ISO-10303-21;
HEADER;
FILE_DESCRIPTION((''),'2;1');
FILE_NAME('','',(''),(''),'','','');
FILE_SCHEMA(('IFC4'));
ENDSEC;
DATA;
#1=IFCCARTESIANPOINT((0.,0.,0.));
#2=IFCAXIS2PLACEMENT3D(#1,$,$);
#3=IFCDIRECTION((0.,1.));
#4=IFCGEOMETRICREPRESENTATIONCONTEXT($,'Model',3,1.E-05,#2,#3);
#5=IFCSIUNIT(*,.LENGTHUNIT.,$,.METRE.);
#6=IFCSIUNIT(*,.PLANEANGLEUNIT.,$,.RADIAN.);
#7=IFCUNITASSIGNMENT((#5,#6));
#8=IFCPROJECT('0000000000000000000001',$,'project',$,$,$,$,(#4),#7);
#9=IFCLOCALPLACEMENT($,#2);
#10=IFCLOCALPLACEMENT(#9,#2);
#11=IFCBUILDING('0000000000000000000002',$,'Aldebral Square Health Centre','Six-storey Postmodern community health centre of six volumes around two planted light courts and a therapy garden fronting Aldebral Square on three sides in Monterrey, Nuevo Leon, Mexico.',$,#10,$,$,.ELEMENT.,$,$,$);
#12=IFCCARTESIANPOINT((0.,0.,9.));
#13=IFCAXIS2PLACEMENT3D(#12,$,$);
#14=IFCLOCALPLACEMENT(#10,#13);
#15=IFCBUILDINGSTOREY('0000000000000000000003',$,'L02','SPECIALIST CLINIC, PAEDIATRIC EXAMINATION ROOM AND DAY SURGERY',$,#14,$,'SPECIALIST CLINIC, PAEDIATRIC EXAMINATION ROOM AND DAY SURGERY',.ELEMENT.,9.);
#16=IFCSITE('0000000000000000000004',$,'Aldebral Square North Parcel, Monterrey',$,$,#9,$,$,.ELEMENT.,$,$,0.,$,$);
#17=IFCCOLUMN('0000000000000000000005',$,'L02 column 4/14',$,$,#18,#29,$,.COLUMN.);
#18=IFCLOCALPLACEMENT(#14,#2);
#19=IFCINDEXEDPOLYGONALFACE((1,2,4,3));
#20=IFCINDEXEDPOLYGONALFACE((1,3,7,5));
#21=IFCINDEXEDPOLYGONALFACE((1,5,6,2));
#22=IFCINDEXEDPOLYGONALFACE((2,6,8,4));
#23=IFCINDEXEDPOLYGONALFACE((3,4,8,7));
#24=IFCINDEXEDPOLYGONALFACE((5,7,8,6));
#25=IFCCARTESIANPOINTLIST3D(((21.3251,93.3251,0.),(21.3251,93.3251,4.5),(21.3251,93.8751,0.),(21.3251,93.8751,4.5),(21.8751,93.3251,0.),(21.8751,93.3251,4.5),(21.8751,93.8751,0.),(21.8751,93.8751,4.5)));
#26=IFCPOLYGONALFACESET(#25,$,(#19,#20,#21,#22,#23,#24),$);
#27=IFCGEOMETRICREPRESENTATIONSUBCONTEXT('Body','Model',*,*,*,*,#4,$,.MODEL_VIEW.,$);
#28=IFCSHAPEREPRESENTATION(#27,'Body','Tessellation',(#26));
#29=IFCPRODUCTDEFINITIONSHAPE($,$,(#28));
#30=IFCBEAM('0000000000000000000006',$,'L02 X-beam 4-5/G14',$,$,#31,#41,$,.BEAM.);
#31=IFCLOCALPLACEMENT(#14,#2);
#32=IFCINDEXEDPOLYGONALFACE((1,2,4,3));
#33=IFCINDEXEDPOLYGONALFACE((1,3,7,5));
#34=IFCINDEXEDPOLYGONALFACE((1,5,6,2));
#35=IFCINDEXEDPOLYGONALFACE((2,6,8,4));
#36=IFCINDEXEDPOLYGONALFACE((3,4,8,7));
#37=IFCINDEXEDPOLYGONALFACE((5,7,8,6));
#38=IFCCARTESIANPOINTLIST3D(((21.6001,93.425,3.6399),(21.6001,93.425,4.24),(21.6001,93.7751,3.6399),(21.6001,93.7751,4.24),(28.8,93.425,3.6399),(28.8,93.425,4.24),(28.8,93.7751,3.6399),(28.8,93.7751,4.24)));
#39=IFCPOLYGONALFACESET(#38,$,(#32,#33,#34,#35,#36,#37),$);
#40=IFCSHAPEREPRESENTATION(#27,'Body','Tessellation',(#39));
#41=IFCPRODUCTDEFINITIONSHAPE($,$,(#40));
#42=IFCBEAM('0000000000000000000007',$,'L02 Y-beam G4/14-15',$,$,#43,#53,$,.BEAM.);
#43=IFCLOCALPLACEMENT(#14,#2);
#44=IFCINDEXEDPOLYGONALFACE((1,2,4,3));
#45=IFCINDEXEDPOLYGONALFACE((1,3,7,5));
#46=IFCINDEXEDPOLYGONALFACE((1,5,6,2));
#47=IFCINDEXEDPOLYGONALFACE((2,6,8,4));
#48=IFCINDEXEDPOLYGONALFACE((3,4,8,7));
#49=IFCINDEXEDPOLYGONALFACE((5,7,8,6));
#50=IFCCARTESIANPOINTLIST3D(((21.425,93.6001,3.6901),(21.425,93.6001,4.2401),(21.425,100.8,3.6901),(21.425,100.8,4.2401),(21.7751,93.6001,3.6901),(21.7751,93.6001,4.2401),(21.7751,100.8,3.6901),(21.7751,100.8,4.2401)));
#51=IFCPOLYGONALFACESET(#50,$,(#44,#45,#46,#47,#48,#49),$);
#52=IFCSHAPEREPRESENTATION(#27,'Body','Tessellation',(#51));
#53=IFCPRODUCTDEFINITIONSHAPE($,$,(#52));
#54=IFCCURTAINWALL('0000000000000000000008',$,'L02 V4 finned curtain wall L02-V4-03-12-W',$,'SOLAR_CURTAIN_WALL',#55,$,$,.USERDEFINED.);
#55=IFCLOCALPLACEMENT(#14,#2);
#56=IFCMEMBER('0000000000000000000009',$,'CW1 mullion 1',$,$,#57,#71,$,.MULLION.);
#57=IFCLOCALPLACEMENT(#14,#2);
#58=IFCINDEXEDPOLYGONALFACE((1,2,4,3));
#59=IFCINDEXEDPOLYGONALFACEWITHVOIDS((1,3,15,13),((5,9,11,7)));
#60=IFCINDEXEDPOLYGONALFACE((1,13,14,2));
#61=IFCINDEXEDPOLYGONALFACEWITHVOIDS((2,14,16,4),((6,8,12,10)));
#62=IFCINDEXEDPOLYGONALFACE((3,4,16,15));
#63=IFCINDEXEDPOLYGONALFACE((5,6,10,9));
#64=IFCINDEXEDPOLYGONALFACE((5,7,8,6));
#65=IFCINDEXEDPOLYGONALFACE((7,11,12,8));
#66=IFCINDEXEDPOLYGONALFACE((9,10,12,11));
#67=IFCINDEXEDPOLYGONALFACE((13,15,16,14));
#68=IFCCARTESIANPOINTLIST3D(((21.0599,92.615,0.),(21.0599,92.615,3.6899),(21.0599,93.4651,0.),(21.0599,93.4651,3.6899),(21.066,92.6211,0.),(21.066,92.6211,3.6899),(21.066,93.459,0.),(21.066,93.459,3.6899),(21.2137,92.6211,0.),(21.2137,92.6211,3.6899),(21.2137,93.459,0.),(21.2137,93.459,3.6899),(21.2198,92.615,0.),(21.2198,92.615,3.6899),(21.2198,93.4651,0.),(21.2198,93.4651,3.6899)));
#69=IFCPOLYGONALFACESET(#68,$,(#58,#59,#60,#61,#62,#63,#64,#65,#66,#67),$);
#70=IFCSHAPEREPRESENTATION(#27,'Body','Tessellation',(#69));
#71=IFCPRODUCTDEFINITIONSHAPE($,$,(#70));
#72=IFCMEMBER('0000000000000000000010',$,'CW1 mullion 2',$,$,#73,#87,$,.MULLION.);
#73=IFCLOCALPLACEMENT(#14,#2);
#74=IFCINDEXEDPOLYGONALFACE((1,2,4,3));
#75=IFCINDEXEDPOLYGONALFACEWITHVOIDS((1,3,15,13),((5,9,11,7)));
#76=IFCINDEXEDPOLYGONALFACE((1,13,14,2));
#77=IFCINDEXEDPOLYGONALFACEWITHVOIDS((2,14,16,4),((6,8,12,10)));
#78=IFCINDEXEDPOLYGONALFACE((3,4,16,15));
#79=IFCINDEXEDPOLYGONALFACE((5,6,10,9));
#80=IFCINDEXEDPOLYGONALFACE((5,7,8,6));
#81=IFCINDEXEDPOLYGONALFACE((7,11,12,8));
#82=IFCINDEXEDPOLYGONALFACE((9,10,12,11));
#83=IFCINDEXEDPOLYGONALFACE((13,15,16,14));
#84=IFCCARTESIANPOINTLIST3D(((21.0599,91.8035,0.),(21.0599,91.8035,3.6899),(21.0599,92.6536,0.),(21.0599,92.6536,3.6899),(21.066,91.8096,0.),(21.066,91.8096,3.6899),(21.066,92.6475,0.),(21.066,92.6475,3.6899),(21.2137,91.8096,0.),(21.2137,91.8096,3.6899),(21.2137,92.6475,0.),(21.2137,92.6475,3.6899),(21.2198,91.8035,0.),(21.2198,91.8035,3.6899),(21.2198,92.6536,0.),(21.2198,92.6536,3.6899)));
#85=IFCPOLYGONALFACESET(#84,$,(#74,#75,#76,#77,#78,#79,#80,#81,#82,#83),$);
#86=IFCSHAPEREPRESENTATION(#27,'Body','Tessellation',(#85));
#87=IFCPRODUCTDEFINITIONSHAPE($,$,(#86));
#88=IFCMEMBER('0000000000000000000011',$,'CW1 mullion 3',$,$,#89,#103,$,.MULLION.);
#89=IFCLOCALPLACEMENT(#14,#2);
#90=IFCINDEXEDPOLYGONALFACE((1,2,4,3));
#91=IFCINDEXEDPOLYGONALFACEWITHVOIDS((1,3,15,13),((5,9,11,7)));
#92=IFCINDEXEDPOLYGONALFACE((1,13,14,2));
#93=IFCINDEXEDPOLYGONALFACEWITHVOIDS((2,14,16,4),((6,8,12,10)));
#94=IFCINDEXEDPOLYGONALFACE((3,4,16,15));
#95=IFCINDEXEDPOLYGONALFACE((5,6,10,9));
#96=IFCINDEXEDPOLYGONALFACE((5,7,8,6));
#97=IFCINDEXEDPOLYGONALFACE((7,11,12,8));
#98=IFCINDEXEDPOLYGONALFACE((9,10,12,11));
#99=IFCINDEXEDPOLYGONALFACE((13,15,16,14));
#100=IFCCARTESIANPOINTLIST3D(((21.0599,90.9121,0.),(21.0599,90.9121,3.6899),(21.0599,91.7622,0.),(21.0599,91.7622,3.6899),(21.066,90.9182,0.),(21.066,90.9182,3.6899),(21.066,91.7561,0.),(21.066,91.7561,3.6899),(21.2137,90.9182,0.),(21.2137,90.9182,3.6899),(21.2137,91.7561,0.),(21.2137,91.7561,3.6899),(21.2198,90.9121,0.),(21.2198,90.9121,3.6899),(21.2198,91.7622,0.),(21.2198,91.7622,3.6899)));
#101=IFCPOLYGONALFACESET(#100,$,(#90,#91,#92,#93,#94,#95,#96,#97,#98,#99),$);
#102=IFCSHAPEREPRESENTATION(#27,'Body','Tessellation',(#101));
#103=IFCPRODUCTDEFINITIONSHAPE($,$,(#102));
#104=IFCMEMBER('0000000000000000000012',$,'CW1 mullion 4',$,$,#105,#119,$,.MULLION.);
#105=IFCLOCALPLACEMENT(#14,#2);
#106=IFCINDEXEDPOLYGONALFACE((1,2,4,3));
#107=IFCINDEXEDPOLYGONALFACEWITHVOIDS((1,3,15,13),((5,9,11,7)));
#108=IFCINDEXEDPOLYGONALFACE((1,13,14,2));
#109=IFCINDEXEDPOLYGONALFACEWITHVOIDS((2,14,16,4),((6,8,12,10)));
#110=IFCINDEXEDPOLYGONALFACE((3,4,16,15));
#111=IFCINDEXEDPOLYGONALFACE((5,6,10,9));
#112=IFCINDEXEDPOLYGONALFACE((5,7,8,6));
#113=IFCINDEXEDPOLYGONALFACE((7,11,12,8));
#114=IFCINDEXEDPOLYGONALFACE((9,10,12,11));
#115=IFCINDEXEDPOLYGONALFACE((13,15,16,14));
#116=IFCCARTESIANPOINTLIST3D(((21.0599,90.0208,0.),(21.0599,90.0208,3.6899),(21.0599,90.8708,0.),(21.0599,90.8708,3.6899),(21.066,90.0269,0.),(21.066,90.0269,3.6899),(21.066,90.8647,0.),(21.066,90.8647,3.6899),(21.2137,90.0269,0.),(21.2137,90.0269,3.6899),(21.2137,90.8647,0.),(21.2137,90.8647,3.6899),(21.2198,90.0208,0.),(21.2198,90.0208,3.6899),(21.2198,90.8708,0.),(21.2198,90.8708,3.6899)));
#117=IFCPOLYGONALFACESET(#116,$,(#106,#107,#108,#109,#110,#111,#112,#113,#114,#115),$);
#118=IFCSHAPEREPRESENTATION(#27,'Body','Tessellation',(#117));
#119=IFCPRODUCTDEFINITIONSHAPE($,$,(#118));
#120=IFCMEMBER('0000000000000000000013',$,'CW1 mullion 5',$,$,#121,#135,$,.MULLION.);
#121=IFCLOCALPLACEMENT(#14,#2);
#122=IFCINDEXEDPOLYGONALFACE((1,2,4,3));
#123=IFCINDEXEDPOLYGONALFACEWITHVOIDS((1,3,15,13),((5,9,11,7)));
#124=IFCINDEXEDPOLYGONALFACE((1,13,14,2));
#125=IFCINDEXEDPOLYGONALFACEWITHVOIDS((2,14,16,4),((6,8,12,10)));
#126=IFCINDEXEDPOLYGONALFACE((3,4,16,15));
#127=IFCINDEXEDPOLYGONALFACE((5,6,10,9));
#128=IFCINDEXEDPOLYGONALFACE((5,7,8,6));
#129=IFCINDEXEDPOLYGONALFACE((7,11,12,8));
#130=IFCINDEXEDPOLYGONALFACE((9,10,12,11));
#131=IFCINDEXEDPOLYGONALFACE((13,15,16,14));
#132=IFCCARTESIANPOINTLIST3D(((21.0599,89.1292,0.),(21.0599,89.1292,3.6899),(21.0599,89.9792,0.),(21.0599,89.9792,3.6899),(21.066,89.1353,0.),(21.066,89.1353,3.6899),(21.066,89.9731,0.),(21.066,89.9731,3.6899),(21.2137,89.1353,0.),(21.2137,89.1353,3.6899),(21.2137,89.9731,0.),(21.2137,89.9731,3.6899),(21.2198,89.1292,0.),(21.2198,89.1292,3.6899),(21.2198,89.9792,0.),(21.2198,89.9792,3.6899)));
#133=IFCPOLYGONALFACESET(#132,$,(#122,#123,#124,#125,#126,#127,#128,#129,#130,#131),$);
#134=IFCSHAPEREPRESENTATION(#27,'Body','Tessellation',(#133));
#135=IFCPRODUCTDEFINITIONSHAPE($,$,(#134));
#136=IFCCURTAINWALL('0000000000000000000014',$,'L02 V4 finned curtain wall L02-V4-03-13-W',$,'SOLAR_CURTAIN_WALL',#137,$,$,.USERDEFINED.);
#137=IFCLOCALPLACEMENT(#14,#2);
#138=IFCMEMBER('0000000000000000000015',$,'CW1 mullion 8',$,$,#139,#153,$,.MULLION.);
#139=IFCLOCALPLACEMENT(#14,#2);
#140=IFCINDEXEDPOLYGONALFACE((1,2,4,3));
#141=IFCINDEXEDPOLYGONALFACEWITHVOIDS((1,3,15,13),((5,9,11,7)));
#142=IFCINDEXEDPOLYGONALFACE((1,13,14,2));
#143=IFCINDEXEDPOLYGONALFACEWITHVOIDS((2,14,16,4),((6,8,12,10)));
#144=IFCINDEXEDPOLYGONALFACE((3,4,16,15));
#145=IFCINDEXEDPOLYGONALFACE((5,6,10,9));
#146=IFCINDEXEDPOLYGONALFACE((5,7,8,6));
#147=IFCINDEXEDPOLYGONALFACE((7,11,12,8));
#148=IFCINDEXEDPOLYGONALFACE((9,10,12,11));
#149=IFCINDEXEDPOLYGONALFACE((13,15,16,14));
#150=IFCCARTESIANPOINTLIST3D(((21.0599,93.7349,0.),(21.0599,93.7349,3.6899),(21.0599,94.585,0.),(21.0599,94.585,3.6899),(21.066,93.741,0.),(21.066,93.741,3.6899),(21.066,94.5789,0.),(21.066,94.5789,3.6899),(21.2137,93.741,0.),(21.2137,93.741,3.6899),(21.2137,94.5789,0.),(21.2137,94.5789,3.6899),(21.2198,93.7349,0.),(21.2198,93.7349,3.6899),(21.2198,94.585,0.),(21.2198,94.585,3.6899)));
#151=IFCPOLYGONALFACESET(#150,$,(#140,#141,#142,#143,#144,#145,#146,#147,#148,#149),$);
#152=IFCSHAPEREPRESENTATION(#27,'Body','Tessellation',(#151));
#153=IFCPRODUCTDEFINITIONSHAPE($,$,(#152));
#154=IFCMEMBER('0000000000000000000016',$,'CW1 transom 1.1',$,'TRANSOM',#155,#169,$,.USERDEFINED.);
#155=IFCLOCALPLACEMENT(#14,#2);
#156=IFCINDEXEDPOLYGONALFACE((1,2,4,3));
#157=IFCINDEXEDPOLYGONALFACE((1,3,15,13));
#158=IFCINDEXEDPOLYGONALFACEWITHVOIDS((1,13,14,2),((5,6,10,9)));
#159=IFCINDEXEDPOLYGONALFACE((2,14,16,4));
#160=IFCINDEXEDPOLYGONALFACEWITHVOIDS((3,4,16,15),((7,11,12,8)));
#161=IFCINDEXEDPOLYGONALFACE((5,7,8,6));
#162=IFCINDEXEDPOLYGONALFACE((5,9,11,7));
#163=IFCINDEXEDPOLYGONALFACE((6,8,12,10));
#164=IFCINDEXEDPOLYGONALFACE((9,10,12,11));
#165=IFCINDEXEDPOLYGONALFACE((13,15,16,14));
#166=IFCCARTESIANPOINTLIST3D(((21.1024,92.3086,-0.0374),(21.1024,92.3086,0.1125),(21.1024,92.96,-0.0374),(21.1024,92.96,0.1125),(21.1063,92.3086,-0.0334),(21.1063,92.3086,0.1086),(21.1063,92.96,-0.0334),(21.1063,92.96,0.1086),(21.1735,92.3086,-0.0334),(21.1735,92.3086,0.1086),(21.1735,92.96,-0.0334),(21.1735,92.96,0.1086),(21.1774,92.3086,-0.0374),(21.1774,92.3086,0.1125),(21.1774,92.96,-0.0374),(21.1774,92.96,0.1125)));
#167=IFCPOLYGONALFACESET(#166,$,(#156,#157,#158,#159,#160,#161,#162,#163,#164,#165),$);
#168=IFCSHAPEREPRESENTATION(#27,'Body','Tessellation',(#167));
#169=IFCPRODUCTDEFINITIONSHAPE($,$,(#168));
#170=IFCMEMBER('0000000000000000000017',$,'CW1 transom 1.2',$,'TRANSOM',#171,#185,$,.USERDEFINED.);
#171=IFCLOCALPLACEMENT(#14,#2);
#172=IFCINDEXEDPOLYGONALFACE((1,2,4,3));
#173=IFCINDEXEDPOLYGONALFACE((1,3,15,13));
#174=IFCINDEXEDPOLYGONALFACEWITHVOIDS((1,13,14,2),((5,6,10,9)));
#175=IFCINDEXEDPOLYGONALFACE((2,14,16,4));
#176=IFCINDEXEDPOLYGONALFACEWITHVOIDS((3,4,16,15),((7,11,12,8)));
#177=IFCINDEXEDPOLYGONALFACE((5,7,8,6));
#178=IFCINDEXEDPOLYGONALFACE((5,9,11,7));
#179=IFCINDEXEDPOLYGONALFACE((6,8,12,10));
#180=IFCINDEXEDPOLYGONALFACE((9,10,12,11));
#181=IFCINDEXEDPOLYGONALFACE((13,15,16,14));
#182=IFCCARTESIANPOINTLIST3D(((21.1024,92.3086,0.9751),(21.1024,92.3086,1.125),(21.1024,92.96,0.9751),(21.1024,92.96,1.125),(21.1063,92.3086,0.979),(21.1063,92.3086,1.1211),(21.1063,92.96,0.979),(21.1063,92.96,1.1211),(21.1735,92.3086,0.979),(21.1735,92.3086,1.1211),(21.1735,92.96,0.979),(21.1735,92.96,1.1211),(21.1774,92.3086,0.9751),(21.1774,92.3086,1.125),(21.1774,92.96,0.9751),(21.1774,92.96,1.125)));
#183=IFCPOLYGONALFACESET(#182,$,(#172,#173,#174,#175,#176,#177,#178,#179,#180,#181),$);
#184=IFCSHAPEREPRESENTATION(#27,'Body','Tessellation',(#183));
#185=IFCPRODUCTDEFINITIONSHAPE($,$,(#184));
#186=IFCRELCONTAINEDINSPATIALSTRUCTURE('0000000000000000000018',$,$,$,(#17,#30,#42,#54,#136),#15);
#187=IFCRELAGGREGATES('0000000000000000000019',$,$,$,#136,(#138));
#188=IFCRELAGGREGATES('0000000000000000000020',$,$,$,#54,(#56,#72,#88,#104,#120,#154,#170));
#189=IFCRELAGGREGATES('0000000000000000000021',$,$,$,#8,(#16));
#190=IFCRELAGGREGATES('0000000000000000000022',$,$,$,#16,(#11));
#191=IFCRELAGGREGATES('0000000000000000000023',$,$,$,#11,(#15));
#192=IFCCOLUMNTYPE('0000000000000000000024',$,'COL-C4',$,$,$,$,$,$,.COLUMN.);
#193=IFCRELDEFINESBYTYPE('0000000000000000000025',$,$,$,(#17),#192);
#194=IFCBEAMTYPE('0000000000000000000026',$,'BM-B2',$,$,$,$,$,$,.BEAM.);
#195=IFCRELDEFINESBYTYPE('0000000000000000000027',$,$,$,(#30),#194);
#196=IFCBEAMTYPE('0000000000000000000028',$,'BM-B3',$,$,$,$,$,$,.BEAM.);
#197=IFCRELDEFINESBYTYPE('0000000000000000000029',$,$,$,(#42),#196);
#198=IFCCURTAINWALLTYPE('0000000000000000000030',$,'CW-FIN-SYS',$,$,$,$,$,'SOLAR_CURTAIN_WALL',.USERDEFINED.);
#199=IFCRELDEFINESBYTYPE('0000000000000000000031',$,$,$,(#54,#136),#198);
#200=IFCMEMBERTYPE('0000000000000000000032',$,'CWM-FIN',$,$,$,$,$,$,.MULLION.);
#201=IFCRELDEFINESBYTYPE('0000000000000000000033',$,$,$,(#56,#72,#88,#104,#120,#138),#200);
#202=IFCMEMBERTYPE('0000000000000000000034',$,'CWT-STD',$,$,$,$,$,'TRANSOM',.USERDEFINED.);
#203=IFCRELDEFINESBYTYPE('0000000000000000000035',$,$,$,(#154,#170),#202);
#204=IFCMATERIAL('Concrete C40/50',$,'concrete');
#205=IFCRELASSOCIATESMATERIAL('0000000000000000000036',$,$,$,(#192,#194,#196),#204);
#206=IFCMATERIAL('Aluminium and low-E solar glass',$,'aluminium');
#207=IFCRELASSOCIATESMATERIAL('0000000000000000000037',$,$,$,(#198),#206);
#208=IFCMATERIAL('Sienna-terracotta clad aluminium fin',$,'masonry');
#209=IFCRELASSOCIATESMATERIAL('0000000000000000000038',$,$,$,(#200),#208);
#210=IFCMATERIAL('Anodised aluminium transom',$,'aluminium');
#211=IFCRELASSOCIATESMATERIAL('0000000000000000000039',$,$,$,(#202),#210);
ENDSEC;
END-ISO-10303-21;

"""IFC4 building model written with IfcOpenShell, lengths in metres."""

from ifc_helpers import new_model, si_unit, direction, frame, origin, origin_2d, place, context, subcontext, project, spatial, rectangle, hollow_rectangle, extrude, material, material_profile, profile_set, type_object, element, aggregate, save


model = new_model("IFC4")

# Units and contexts
model_context = context("Model", 3, precision=1e-05, world=origin(), true_north=direction((0.0, 1.0)))
body_context = subcontext(model_context, "Body", "Model", "MODEL_VIEW")
ifc_project = project(units=[si_unit("LENGTHUNIT", "METRE"), si_unit("PLANEANGLEUNIT", "RADIAN")], contexts=[model_context])

# Site, building, storey
site_placement = place(None, origin())
site = spatial("IfcSite", under=ifc_project, at=site_placement, Name="Aldebral Square North Parcel, Monterrey", CompositionType="ELEMENT", RefElevation=0.0)
building_placement = place(site_placement, origin())
building = spatial("IfcBuilding", under=site, at=building_placement, Name="Aldebral Square Health Centre", Description="Six-storey Postmodern community health centre of six volumes around two planted light courts and a therapy garden fronting Aldebral Square on three sides in Monterrey, Nuevo Leon, Mexico.", CompositionType="ELEMENT")
storey_placement = place(building_placement, frame((0.0, 0.0, 9.0)))
storey = spatial("IfcBuildingStorey", under=building, at=storey_placement, Name="L02", Description="SPECIALIST CLINIC, PAEDIATRIC EXAMINATION ROOM AND DAY SURGERY", LongName="SPECIALIST CLINIC, PAEDIATRIC EXAMINATION ROOM AND DAY SURGERY", CompositionType="ELEMENT", Elevation=9.0)

# Column
ifc_material_1 = material(Name="Concrete C40/50", Category="concrete")
ifc_material_profile_1 = material_profile(ifc_material_1, rectangle(XDim=0.55, YDim=0.55, at=origin_2d()), Name="RC 550x550")
ifc_profile_set_1 = profile_set([ifc_material_profile_1], Name="Concrete C40/50")
column_type = type_object("IfcColumnType", Name="COL-C4", PredefinedType="COLUMN", material=ifc_profile_set_1)
column_placement = place(storey_placement, frame((21.6001, 93.6001, 0.0), z_axis=(0.0, 0.0, 1.0), x_axis=(1.0, 0.0, 0.0)))
element("IfcColumn", 1, at=column_placement, inside=storey, type_object=column_type, Name="L02 column 4/14", PredefinedType="COLUMN", context=body_context, shape_type="SweptSolid", body=[
    extrude(rectangle(XDim=0.55, YDim=0.55, at=origin_2d()), origin(), (0.0, 0.0, 1.0), 4.5),
])

# Beams
ifc_material_profile_2 = material_profile(ifc_material_1, rectangle(XDim=0.3501, YDim=0.6001, at=origin_2d()), Name="RC 350x600")
ifc_profile_set_2 = profile_set([ifc_material_profile_2], Name="Concrete C40/50")
beam_type_1 = type_object("IfcBeamType", Name="BM-B2", PredefinedType="BEAM", material=ifc_profile_set_2)
beam_1_placement = place(storey_placement, frame((21.6001, 93.6001, 3.9399), z_axis=(1.0, 0.0, 0.0), x_axis=(0.0, 1.0, 0.0)))
element("IfcBeam", 2, at=beam_1_placement, inside=storey, type_object=beam_type_1, Name="L02 X-beam 4-5/G14", PredefinedType="BEAM", context=body_context, shape_type="SweptSolid", body=[
    extrude(rectangle(XDim=0.3501, YDim=0.6001, at=origin_2d()), origin(), (0.0, 0.0, 1.0), 7.2),
])
ifc_material_profile_3 = material_profile(ifc_material_1, rectangle(XDim=0.3501, YDim=0.55, at=origin_2d()), Name="RC 350x550")
ifc_profile_set_3 = profile_set([ifc_material_profile_3], Name="Concrete C40/50")
beam_type_2 = type_object("IfcBeamType", Name="BM-B3", PredefinedType="BEAM", material=ifc_profile_set_3)
beam_2_placement = place(storey_placement, frame((21.6001, 93.6001, 3.9651), z_axis=(0.0, 1.0, 0.0), x_axis=(-1.0, 0.0, 0.0)))
element("IfcBeam", 3, at=beam_2_placement, inside=storey, type_object=beam_type_2, Name="L02 Y-beam G4/14-15", PredefinedType="BEAM", context=body_context, shape_type="SweptSolid", body=[
    extrude(rectangle(XDim=0.3501, YDim=0.55, at=origin_2d()), origin(), (0.0, 0.0, 1.0), 7.2),
])

# Curtain wall, members
ifc_material_2 = material(Name="Aluminium and low-E solar glass", Category="aluminium")
curtain_wall_type = type_object("IfcCurtainWallType", Name="CW-FIN-SYS", ElementType="SOLAR_CURTAIN_WALL", PredefinedType="USERDEFINED", material=ifc_material_2)
curtain_wall_1_placement = place(storey_placement, origin())
curtain_wall_1 = element("IfcCurtainWall", 4, at=curtain_wall_1_placement, inside=storey, type_object=curtain_wall_type, Name="L02 V4 finned curtain wall L02-V4-03-12-W", ObjectType="SOLAR_CURTAIN_WALL", PredefinedType="USERDEFINED")
ifc_material_3 = material(Name="Sienna-terracotta clad aluminium fin", Category="masonry")
ifc_material_profile_4 = material_profile(ifc_material_3, hollow_rectangle(XDim=0.1599, YDim=0.8501, WallThickness=0.0061, at=origin_2d()), Name="FIN 160x850x6")
ifc_profile_set_4 = profile_set([ifc_material_profile_4], Name="Sienna-terracotta clad aluminium fin")
member_type_1 = type_object("IfcMemberType", Name="CWM-FIN", PredefinedType="MULLION", material=ifc_profile_set_4)
member_1_placement = place(storey_placement, frame((21.1399, 93.04, 0.0), z_axis=(0.0, 0.0, 1.0), x_axis=(1.0, 0.0, 0.0)))
member_1 = element("IfcMember", 5, at=member_1_placement, type_object=member_type_1, Name="CW1 mullion 1", PredefinedType="MULLION", context=body_context, shape_type="SweptSolid", body=[
    extrude(hollow_rectangle(XDim=0.1599, YDim=0.8501, WallThickness=0.0061, at=origin_2d()), origin(), (0.0, 0.0, 1.0), 3.6899),
])
member_2_placement = place(storey_placement, frame((21.1399, 92.2285, 0.0), z_axis=(0.0, 0.0, 1.0), x_axis=(1.0, 0.0, 0.0)))
member_2 = element("IfcMember", 6, at=member_2_placement, type_object=member_type_1, Name="CW1 mullion 2", PredefinedType="MULLION", context=body_context, shape_type="SweptSolid", body=[
    extrude(hollow_rectangle(XDim=0.1599, YDim=0.8501, WallThickness=0.0061, at=origin_2d()), origin(), (0.0, 0.0, 1.0), 3.6899),
])
member_3_placement = place(storey_placement, frame((21.1399, 91.3372, 0.0), z_axis=(0.0, 0.0, 1.0), x_axis=(1.0, 0.0, 0.0)))
member_3 = element("IfcMember", 7, at=member_3_placement, type_object=member_type_1, Name="CW1 mullion 3", PredefinedType="MULLION", context=body_context, shape_type="SweptSolid", body=[
    extrude(hollow_rectangle(XDim=0.1599, YDim=0.8501, WallThickness=0.0061, at=origin_2d()), origin(), (0.0, 0.0, 1.0), 3.6899),
])
member_4_placement = place(storey_placement, frame((21.1399, 90.4458, 0.0), z_axis=(0.0, 0.0, 1.0), x_axis=(1.0, 0.0, 0.0)))
member_4 = element("IfcMember", 8, at=member_4_placement, type_object=member_type_1, Name="CW1 mullion 4", PredefinedType="MULLION", context=body_context, shape_type="SweptSolid", body=[
    extrude(hollow_rectangle(XDim=0.1599, YDim=0.8501, WallThickness=0.0061, at=origin_2d()), origin(), (0.0, 0.0, 1.0), 3.6899),
])
member_5_placement = place(storey_placement, frame((21.1399, 89.5542, 0.0), z_axis=(0.0, 0.0, 1.0), x_axis=(1.0, 0.0, 0.0)))
member_5 = element("IfcMember", 9, at=member_5_placement, type_object=member_type_1, Name="CW1 mullion 5", PredefinedType="MULLION", context=body_context, shape_type="SweptSolid", body=[
    extrude(hollow_rectangle(XDim=0.1599, YDim=0.8501, WallThickness=0.0061, at=origin_2d()), origin(), (0.0, 0.0, 1.0), 3.6899),
])

# Curtain wall, member
curtain_wall_2_placement = place(storey_placement, origin())
curtain_wall_2 = element("IfcCurtainWall", 10, at=curtain_wall_2_placement, inside=storey, type_object=curtain_wall_type, Name="L02 V4 finned curtain wall L02-V4-03-13-W", ObjectType="SOLAR_CURTAIN_WALL", PredefinedType="USERDEFINED")
member_6_placement = place(storey_placement, frame((21.1399, 94.1599, 0.0), z_axis=(0.0, 0.0, 1.0), x_axis=(1.0, 0.0, 0.0)))
member_6 = element("IfcMember", 11, at=member_6_placement, type_object=member_type_1, Name="CW1 mullion 8", PredefinedType="MULLION", context=body_context, shape_type="SweptSolid", body=[
    extrude(hollow_rectangle(XDim=0.1599, YDim=0.8501, WallThickness=0.0061, at=origin_2d()), origin(), (0.0, 0.0, 1.0), 3.6899),
])
aggregate(curtain_wall_2, [member_6])

# Members
ifc_material_4 = material(Name="Anodised aluminium transom", Category="aluminium")
ifc_material_profile_5 = material_profile(ifc_material_4, hollow_rectangle(XDim=0.075, YDim=0.1499, WallThickness=0.0039, at=origin_2d()), Name="CWT 75x150x4")
ifc_profile_set_5 = profile_set([ifc_material_profile_5], Name="Anodised aluminium transom")
member_type_2 = type_object("IfcMemberType", Name="CWT-STD", ElementType="TRANSOM", PredefinedType="USERDEFINED", material=ifc_profile_set_5)
member_7_placement = place(storey_placement, frame((21.1399, 92.96, 0.0376), z_axis=(0.0, -1.0, 0.0), x_axis=(1.0, 0.0, 0.0)))
member_7 = element("IfcMember", 12, at=member_7_placement, type_object=member_type_2, Name="CW1 transom 1.1", ObjectType="TRANSOM", PredefinedType="USERDEFINED", context=body_context, shape_type="SweptSolid", body=[
    extrude(hollow_rectangle(XDim=0.075, YDim=0.1499, WallThickness=0.0039, at=origin_2d()), origin(), (0.0, 0.0, 1.0), 0.6514),
])
member_8_placement = place(storey_placement, frame((21.1399, 92.96, 1.05), z_axis=(0.0, -1.0, 0.0), x_axis=(1.0, 0.0, 0.0)))
member_8 = element("IfcMember", 13, at=member_8_placement, type_object=member_type_2, Name="CW1 transom 1.2", ObjectType="TRANSOM", PredefinedType="USERDEFINED", context=body_context, shape_type="SweptSolid", body=[
    extrude(hollow_rectangle(XDim=0.075, YDim=0.1499, WallThickness=0.0039, at=origin_2d()), origin(), (0.0, 0.0, 1.0), 0.6514),
])

aggregate(curtain_wall_1, [member_1, member_2, member_3, member_4, member_5, member_7, member_8])

save(model, "model.ifc")
